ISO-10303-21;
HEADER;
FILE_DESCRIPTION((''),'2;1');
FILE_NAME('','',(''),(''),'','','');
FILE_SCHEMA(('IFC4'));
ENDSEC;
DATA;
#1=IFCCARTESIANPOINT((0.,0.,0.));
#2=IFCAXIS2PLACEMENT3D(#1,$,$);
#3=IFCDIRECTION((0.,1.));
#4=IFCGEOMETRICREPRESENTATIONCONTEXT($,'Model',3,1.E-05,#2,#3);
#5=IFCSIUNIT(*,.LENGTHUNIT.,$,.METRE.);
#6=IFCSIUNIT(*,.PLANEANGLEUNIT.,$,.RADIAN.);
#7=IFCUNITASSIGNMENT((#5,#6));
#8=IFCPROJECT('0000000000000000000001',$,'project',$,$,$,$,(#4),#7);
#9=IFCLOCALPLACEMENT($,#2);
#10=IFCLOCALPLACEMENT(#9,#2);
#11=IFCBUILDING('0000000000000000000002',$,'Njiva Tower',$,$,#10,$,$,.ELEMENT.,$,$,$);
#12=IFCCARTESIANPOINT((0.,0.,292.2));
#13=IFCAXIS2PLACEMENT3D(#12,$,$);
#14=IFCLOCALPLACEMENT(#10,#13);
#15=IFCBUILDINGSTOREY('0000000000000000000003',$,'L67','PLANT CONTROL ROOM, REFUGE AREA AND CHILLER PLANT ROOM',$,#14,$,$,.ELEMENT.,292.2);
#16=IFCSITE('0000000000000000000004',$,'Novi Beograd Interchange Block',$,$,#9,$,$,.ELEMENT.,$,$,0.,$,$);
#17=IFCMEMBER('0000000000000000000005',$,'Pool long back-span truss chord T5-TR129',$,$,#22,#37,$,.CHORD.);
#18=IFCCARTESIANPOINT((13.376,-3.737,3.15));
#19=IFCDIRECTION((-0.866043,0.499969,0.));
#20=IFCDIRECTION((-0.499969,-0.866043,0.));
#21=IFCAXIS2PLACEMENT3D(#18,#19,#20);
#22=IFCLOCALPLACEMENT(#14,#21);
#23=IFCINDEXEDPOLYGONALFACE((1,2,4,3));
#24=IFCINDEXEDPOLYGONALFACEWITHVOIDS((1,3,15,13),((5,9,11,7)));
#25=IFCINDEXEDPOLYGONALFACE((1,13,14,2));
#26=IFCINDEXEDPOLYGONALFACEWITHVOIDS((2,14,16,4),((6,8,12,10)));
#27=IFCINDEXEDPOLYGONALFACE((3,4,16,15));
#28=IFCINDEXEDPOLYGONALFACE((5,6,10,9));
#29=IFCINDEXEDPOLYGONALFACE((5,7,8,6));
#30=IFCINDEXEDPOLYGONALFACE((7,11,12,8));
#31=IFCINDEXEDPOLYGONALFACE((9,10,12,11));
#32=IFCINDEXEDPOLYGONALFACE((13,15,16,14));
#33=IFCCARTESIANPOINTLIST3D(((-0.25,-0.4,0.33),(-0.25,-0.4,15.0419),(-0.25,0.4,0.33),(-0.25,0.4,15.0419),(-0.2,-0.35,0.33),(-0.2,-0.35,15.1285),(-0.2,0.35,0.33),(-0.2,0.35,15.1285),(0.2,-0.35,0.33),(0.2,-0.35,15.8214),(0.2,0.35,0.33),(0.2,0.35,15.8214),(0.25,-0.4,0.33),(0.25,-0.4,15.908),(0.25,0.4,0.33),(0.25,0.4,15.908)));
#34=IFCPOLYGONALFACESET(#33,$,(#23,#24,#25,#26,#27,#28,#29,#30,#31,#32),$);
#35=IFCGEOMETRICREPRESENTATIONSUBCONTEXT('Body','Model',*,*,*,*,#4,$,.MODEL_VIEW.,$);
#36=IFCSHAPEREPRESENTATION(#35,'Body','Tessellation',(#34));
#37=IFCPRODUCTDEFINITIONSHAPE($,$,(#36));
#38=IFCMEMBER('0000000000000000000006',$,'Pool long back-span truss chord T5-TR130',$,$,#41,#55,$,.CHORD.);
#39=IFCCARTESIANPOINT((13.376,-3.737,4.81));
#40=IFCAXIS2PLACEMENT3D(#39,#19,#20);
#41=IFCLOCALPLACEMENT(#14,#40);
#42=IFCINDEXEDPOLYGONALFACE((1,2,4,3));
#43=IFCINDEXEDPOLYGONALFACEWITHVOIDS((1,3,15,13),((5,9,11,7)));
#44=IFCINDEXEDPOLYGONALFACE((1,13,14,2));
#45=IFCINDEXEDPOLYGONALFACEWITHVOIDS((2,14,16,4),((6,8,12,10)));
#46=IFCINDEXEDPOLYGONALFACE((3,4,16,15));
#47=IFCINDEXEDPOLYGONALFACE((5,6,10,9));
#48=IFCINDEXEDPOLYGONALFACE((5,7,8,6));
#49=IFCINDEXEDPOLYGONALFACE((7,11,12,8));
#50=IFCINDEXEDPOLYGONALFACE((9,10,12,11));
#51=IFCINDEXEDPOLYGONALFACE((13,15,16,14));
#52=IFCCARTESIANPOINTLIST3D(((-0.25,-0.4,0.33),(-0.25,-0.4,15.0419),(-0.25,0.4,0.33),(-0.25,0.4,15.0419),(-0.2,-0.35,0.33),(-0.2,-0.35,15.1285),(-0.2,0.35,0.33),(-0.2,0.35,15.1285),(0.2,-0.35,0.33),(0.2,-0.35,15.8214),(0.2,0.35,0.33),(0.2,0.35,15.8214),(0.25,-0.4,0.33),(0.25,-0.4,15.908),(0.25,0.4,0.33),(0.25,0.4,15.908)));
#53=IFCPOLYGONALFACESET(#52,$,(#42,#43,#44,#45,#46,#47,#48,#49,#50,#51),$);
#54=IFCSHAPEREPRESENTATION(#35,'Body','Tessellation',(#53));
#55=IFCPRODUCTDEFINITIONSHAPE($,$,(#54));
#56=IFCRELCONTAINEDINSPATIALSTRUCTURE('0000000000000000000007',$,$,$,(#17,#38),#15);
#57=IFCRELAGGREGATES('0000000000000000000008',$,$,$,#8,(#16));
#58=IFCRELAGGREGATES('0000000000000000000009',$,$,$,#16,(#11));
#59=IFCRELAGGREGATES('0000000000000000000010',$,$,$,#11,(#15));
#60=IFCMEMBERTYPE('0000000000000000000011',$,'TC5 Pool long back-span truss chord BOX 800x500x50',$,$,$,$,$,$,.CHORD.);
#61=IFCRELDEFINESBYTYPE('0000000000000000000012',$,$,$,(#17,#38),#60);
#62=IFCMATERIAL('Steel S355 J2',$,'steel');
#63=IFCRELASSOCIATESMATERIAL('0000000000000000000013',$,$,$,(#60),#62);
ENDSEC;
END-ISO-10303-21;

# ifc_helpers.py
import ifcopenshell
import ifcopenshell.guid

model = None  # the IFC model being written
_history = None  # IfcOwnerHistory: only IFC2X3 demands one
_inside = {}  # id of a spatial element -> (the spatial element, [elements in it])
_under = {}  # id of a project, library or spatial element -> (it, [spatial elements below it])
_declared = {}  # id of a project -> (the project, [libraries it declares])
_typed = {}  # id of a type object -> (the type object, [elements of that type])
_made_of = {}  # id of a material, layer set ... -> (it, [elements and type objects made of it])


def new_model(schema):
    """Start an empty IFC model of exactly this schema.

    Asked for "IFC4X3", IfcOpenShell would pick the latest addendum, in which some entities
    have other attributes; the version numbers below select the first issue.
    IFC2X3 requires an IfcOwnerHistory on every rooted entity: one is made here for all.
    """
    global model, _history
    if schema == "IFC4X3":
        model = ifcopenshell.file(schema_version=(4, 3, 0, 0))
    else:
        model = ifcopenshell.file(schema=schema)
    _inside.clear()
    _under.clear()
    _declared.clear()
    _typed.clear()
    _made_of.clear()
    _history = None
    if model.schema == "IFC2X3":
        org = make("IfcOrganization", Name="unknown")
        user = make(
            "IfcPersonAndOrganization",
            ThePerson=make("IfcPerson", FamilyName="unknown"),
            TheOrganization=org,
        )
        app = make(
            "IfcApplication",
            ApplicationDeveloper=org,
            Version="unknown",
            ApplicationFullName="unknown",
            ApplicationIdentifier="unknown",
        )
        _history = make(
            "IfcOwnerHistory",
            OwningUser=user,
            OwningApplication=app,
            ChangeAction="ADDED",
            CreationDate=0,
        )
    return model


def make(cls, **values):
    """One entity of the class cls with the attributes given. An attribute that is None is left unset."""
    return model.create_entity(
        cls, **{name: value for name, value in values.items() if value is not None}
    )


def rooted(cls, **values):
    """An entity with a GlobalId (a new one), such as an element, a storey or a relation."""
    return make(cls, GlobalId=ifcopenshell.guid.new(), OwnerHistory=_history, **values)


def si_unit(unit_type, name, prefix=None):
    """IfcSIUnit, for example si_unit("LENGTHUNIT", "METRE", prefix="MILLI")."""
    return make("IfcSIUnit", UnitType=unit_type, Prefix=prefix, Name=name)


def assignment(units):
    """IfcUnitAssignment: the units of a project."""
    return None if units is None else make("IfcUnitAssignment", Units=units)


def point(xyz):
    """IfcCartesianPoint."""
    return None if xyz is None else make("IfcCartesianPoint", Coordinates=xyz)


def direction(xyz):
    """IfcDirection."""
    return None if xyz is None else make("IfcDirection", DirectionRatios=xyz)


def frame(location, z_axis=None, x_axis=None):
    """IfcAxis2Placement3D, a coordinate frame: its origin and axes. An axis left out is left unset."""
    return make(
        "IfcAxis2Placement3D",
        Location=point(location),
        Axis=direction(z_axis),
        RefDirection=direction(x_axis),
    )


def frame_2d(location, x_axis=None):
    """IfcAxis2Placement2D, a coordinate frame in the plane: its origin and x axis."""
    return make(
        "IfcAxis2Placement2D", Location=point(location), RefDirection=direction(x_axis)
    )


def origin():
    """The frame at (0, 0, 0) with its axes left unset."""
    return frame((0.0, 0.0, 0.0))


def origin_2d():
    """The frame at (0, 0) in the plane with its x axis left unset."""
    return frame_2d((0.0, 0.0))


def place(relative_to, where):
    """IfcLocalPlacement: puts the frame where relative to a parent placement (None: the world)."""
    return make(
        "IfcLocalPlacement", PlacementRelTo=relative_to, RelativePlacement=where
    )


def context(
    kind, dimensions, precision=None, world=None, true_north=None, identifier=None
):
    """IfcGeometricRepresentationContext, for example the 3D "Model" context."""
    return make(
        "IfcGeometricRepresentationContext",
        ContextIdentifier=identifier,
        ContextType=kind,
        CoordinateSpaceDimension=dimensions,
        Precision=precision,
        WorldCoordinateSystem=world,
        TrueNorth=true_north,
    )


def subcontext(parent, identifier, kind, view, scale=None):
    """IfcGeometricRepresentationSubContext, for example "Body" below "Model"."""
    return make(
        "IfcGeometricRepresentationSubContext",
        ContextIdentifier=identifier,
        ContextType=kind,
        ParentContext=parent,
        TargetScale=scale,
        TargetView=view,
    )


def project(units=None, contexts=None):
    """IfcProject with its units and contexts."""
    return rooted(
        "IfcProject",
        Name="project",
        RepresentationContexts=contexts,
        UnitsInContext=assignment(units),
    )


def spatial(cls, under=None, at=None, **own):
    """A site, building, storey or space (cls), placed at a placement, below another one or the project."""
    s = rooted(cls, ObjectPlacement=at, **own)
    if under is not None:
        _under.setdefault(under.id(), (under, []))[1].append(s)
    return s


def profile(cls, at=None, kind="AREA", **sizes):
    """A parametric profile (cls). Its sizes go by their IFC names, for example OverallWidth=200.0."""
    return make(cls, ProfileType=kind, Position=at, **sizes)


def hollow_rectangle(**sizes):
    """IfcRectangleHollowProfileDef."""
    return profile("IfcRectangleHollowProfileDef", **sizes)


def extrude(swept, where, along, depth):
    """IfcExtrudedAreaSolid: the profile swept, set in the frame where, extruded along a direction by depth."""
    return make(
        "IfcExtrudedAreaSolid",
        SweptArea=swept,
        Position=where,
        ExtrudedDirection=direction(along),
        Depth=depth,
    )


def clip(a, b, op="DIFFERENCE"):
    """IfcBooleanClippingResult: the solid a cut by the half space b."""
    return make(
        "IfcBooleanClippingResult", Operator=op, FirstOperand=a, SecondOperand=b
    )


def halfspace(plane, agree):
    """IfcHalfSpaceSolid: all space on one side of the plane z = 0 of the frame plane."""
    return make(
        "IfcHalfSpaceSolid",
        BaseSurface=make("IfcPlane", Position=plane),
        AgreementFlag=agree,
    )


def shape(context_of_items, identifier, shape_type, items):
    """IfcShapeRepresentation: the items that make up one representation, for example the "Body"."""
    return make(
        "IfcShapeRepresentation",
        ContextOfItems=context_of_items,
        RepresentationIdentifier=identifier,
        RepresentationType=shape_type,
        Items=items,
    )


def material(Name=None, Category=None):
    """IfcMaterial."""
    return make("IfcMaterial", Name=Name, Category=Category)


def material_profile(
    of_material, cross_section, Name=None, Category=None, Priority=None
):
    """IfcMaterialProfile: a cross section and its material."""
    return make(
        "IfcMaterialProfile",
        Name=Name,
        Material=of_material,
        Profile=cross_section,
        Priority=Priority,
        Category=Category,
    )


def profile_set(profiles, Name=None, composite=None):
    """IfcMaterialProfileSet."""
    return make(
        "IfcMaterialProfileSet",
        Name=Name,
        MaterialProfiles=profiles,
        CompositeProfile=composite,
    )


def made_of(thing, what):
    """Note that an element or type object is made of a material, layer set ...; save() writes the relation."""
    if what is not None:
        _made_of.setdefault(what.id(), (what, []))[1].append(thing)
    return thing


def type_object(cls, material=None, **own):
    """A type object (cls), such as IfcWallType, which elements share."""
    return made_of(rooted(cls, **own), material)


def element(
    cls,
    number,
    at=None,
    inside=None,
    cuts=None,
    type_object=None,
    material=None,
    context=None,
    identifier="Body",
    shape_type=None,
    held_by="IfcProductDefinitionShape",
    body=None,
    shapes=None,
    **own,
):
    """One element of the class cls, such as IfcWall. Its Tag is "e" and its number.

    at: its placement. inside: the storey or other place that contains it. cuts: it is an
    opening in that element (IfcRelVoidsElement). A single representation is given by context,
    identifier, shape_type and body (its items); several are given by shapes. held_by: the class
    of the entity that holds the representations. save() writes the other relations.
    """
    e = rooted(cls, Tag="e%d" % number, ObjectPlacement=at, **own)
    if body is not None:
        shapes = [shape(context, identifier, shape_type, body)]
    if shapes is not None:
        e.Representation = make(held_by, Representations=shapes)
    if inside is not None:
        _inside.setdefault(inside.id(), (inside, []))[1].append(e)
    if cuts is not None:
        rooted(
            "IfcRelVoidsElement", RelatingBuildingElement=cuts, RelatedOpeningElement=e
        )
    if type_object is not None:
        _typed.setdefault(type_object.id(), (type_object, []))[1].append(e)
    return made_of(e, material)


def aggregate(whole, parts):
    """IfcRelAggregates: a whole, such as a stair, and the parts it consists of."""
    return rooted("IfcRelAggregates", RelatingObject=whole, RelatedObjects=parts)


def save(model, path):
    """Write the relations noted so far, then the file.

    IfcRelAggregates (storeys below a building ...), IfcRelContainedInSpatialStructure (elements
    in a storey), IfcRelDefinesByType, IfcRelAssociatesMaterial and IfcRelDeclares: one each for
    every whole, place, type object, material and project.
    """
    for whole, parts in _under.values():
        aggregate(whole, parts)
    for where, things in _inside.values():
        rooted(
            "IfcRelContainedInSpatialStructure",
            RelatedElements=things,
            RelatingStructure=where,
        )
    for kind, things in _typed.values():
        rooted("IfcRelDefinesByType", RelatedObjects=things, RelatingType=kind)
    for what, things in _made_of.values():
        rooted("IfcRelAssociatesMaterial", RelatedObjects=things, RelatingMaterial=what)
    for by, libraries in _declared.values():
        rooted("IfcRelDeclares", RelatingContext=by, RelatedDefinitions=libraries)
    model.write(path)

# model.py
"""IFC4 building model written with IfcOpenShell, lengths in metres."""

from ifc_helpers import new_model, si_unit, direction, frame, origin, origin_2d, place, context, subcontext, project, spatial, hollow_rectangle, extrude, clip, halfspace, material, material_profile, profile_set, type_object, element, save


model = new_model("IFC4")

# Units and contexts
model_context = context("Model", 3, precision=1e-05, world=origin(), true_north=direction((0.0, 1.0)))
body_context = subcontext(model_context, "Body", "Model", "MODEL_VIEW")
ifc_project = project(units=[si_unit("LENGTHUNIT", "METRE"), si_unit("PLANEANGLEUNIT", "RADIAN")], contexts=[model_context])

# Site, building, storey
site_placement = place(None, origin())
site = spatial("IfcSite", under=ifc_project, at=site_placement, Name="Novi Beograd Interchange Block", CompositionType="ELEMENT", RefElevation=0.0)
building_placement = place(site_placement, origin())
building = spatial("IfcBuilding", under=site, at=building_placement, Name="Njiva Tower", CompositionType="ELEMENT")
storey_placement = place(building_placement, frame((0.0, 0.0, 292.2)))
storey = spatial("IfcBuildingStorey", under=building, at=storey_placement, Name="L67", Description="PLANT CONTROL ROOM, REFUGE AREA AND CHILLER PLANT ROOM", CompositionType="ELEMENT", Elevation=292.2)

# Shared definitions
ifc_material_1 = material(Name="Steel S355 J2", Category="steel")

# Members
ifc_material_profile_1 = material_profile(ifc_material_1, hollow_rectangle(XDim=0.5, YDim=0.8, WallThickness=0.05, at=origin_2d()), Name="BOX 800x500x50")
ifc_profile_set_1 = profile_set([ifc_material_profile_1], Name="Steel S355 J2")
member_type_1 = type_object("IfcMemberType", Name="TC5 Pool long back-span truss chord BOX 800x500x50", PredefinedType="CHORD", material=ifc_profile_set_1)
member_1_placement = place(storey_placement, frame((13.376, -3.737, 3.15), z_axis=(-0.866043, 0.499969, 0.0), x_axis=(-0.499969, -0.866043, 0.0)))
element("IfcMember", 1, at=member_1_placement, inside=storey, type_object=member_type_1, Name="Pool long back-span truss chord T5-TR129", PredefinedType="CHORD", context=body_context, shape_type="Clipping", body=[
    clip(clip(extrude(hollow_rectangle(XDim=0.5, YDim=0.8, WallThickness=0.05, at=origin_2d()), origin(), (0.0, 0.0, 1.0), 16.198), halfspace(frame((0.0, 0.0, 0.33), z_axis=(0.000033, 0.0, -1.0), x_axis=(0.0, -1.0, 0.0)), False)), halfspace(frame((-0.0001, -295.35, 15.4748), z_axis=(-0.866043, 0.0, 0.499969), x_axis=(0.0, 1.0, 0.0)), False)),
])
member_2_placement = place(storey_placement, frame((13.376, -3.737, 4.81), z_axis=(-0.866043, 0.499969, 0.0), x_axis=(-0.499969, -0.866043, 0.0)))
element("IfcMember", 2, at=member_2_placement, inside=storey, type_object=member_type_1, Name="Pool long back-span truss chord T5-TR130", PredefinedType="CHORD", context=body_context, shape_type="Clipping", body=[
    clip(clip(extrude(hollow_rectangle(XDim=0.5, YDim=0.8, WallThickness=0.05, at=origin_2d()), origin(), (0.0, 0.0, 1.0), 16.198), halfspace(frame((0.0, 0.0, 0.33), z_axis=(0.000033, 0.0, -1.0), x_axis=(0.0, -1.0, 0.0)), False)), halfspace(frame((-0.0001, -297.01, 15.4748), z_axis=(-0.866043, 0.0, 0.499969), x_axis=(0.0, 1.0, 0.0)), False)),
])

save(model, "model.ifc")
